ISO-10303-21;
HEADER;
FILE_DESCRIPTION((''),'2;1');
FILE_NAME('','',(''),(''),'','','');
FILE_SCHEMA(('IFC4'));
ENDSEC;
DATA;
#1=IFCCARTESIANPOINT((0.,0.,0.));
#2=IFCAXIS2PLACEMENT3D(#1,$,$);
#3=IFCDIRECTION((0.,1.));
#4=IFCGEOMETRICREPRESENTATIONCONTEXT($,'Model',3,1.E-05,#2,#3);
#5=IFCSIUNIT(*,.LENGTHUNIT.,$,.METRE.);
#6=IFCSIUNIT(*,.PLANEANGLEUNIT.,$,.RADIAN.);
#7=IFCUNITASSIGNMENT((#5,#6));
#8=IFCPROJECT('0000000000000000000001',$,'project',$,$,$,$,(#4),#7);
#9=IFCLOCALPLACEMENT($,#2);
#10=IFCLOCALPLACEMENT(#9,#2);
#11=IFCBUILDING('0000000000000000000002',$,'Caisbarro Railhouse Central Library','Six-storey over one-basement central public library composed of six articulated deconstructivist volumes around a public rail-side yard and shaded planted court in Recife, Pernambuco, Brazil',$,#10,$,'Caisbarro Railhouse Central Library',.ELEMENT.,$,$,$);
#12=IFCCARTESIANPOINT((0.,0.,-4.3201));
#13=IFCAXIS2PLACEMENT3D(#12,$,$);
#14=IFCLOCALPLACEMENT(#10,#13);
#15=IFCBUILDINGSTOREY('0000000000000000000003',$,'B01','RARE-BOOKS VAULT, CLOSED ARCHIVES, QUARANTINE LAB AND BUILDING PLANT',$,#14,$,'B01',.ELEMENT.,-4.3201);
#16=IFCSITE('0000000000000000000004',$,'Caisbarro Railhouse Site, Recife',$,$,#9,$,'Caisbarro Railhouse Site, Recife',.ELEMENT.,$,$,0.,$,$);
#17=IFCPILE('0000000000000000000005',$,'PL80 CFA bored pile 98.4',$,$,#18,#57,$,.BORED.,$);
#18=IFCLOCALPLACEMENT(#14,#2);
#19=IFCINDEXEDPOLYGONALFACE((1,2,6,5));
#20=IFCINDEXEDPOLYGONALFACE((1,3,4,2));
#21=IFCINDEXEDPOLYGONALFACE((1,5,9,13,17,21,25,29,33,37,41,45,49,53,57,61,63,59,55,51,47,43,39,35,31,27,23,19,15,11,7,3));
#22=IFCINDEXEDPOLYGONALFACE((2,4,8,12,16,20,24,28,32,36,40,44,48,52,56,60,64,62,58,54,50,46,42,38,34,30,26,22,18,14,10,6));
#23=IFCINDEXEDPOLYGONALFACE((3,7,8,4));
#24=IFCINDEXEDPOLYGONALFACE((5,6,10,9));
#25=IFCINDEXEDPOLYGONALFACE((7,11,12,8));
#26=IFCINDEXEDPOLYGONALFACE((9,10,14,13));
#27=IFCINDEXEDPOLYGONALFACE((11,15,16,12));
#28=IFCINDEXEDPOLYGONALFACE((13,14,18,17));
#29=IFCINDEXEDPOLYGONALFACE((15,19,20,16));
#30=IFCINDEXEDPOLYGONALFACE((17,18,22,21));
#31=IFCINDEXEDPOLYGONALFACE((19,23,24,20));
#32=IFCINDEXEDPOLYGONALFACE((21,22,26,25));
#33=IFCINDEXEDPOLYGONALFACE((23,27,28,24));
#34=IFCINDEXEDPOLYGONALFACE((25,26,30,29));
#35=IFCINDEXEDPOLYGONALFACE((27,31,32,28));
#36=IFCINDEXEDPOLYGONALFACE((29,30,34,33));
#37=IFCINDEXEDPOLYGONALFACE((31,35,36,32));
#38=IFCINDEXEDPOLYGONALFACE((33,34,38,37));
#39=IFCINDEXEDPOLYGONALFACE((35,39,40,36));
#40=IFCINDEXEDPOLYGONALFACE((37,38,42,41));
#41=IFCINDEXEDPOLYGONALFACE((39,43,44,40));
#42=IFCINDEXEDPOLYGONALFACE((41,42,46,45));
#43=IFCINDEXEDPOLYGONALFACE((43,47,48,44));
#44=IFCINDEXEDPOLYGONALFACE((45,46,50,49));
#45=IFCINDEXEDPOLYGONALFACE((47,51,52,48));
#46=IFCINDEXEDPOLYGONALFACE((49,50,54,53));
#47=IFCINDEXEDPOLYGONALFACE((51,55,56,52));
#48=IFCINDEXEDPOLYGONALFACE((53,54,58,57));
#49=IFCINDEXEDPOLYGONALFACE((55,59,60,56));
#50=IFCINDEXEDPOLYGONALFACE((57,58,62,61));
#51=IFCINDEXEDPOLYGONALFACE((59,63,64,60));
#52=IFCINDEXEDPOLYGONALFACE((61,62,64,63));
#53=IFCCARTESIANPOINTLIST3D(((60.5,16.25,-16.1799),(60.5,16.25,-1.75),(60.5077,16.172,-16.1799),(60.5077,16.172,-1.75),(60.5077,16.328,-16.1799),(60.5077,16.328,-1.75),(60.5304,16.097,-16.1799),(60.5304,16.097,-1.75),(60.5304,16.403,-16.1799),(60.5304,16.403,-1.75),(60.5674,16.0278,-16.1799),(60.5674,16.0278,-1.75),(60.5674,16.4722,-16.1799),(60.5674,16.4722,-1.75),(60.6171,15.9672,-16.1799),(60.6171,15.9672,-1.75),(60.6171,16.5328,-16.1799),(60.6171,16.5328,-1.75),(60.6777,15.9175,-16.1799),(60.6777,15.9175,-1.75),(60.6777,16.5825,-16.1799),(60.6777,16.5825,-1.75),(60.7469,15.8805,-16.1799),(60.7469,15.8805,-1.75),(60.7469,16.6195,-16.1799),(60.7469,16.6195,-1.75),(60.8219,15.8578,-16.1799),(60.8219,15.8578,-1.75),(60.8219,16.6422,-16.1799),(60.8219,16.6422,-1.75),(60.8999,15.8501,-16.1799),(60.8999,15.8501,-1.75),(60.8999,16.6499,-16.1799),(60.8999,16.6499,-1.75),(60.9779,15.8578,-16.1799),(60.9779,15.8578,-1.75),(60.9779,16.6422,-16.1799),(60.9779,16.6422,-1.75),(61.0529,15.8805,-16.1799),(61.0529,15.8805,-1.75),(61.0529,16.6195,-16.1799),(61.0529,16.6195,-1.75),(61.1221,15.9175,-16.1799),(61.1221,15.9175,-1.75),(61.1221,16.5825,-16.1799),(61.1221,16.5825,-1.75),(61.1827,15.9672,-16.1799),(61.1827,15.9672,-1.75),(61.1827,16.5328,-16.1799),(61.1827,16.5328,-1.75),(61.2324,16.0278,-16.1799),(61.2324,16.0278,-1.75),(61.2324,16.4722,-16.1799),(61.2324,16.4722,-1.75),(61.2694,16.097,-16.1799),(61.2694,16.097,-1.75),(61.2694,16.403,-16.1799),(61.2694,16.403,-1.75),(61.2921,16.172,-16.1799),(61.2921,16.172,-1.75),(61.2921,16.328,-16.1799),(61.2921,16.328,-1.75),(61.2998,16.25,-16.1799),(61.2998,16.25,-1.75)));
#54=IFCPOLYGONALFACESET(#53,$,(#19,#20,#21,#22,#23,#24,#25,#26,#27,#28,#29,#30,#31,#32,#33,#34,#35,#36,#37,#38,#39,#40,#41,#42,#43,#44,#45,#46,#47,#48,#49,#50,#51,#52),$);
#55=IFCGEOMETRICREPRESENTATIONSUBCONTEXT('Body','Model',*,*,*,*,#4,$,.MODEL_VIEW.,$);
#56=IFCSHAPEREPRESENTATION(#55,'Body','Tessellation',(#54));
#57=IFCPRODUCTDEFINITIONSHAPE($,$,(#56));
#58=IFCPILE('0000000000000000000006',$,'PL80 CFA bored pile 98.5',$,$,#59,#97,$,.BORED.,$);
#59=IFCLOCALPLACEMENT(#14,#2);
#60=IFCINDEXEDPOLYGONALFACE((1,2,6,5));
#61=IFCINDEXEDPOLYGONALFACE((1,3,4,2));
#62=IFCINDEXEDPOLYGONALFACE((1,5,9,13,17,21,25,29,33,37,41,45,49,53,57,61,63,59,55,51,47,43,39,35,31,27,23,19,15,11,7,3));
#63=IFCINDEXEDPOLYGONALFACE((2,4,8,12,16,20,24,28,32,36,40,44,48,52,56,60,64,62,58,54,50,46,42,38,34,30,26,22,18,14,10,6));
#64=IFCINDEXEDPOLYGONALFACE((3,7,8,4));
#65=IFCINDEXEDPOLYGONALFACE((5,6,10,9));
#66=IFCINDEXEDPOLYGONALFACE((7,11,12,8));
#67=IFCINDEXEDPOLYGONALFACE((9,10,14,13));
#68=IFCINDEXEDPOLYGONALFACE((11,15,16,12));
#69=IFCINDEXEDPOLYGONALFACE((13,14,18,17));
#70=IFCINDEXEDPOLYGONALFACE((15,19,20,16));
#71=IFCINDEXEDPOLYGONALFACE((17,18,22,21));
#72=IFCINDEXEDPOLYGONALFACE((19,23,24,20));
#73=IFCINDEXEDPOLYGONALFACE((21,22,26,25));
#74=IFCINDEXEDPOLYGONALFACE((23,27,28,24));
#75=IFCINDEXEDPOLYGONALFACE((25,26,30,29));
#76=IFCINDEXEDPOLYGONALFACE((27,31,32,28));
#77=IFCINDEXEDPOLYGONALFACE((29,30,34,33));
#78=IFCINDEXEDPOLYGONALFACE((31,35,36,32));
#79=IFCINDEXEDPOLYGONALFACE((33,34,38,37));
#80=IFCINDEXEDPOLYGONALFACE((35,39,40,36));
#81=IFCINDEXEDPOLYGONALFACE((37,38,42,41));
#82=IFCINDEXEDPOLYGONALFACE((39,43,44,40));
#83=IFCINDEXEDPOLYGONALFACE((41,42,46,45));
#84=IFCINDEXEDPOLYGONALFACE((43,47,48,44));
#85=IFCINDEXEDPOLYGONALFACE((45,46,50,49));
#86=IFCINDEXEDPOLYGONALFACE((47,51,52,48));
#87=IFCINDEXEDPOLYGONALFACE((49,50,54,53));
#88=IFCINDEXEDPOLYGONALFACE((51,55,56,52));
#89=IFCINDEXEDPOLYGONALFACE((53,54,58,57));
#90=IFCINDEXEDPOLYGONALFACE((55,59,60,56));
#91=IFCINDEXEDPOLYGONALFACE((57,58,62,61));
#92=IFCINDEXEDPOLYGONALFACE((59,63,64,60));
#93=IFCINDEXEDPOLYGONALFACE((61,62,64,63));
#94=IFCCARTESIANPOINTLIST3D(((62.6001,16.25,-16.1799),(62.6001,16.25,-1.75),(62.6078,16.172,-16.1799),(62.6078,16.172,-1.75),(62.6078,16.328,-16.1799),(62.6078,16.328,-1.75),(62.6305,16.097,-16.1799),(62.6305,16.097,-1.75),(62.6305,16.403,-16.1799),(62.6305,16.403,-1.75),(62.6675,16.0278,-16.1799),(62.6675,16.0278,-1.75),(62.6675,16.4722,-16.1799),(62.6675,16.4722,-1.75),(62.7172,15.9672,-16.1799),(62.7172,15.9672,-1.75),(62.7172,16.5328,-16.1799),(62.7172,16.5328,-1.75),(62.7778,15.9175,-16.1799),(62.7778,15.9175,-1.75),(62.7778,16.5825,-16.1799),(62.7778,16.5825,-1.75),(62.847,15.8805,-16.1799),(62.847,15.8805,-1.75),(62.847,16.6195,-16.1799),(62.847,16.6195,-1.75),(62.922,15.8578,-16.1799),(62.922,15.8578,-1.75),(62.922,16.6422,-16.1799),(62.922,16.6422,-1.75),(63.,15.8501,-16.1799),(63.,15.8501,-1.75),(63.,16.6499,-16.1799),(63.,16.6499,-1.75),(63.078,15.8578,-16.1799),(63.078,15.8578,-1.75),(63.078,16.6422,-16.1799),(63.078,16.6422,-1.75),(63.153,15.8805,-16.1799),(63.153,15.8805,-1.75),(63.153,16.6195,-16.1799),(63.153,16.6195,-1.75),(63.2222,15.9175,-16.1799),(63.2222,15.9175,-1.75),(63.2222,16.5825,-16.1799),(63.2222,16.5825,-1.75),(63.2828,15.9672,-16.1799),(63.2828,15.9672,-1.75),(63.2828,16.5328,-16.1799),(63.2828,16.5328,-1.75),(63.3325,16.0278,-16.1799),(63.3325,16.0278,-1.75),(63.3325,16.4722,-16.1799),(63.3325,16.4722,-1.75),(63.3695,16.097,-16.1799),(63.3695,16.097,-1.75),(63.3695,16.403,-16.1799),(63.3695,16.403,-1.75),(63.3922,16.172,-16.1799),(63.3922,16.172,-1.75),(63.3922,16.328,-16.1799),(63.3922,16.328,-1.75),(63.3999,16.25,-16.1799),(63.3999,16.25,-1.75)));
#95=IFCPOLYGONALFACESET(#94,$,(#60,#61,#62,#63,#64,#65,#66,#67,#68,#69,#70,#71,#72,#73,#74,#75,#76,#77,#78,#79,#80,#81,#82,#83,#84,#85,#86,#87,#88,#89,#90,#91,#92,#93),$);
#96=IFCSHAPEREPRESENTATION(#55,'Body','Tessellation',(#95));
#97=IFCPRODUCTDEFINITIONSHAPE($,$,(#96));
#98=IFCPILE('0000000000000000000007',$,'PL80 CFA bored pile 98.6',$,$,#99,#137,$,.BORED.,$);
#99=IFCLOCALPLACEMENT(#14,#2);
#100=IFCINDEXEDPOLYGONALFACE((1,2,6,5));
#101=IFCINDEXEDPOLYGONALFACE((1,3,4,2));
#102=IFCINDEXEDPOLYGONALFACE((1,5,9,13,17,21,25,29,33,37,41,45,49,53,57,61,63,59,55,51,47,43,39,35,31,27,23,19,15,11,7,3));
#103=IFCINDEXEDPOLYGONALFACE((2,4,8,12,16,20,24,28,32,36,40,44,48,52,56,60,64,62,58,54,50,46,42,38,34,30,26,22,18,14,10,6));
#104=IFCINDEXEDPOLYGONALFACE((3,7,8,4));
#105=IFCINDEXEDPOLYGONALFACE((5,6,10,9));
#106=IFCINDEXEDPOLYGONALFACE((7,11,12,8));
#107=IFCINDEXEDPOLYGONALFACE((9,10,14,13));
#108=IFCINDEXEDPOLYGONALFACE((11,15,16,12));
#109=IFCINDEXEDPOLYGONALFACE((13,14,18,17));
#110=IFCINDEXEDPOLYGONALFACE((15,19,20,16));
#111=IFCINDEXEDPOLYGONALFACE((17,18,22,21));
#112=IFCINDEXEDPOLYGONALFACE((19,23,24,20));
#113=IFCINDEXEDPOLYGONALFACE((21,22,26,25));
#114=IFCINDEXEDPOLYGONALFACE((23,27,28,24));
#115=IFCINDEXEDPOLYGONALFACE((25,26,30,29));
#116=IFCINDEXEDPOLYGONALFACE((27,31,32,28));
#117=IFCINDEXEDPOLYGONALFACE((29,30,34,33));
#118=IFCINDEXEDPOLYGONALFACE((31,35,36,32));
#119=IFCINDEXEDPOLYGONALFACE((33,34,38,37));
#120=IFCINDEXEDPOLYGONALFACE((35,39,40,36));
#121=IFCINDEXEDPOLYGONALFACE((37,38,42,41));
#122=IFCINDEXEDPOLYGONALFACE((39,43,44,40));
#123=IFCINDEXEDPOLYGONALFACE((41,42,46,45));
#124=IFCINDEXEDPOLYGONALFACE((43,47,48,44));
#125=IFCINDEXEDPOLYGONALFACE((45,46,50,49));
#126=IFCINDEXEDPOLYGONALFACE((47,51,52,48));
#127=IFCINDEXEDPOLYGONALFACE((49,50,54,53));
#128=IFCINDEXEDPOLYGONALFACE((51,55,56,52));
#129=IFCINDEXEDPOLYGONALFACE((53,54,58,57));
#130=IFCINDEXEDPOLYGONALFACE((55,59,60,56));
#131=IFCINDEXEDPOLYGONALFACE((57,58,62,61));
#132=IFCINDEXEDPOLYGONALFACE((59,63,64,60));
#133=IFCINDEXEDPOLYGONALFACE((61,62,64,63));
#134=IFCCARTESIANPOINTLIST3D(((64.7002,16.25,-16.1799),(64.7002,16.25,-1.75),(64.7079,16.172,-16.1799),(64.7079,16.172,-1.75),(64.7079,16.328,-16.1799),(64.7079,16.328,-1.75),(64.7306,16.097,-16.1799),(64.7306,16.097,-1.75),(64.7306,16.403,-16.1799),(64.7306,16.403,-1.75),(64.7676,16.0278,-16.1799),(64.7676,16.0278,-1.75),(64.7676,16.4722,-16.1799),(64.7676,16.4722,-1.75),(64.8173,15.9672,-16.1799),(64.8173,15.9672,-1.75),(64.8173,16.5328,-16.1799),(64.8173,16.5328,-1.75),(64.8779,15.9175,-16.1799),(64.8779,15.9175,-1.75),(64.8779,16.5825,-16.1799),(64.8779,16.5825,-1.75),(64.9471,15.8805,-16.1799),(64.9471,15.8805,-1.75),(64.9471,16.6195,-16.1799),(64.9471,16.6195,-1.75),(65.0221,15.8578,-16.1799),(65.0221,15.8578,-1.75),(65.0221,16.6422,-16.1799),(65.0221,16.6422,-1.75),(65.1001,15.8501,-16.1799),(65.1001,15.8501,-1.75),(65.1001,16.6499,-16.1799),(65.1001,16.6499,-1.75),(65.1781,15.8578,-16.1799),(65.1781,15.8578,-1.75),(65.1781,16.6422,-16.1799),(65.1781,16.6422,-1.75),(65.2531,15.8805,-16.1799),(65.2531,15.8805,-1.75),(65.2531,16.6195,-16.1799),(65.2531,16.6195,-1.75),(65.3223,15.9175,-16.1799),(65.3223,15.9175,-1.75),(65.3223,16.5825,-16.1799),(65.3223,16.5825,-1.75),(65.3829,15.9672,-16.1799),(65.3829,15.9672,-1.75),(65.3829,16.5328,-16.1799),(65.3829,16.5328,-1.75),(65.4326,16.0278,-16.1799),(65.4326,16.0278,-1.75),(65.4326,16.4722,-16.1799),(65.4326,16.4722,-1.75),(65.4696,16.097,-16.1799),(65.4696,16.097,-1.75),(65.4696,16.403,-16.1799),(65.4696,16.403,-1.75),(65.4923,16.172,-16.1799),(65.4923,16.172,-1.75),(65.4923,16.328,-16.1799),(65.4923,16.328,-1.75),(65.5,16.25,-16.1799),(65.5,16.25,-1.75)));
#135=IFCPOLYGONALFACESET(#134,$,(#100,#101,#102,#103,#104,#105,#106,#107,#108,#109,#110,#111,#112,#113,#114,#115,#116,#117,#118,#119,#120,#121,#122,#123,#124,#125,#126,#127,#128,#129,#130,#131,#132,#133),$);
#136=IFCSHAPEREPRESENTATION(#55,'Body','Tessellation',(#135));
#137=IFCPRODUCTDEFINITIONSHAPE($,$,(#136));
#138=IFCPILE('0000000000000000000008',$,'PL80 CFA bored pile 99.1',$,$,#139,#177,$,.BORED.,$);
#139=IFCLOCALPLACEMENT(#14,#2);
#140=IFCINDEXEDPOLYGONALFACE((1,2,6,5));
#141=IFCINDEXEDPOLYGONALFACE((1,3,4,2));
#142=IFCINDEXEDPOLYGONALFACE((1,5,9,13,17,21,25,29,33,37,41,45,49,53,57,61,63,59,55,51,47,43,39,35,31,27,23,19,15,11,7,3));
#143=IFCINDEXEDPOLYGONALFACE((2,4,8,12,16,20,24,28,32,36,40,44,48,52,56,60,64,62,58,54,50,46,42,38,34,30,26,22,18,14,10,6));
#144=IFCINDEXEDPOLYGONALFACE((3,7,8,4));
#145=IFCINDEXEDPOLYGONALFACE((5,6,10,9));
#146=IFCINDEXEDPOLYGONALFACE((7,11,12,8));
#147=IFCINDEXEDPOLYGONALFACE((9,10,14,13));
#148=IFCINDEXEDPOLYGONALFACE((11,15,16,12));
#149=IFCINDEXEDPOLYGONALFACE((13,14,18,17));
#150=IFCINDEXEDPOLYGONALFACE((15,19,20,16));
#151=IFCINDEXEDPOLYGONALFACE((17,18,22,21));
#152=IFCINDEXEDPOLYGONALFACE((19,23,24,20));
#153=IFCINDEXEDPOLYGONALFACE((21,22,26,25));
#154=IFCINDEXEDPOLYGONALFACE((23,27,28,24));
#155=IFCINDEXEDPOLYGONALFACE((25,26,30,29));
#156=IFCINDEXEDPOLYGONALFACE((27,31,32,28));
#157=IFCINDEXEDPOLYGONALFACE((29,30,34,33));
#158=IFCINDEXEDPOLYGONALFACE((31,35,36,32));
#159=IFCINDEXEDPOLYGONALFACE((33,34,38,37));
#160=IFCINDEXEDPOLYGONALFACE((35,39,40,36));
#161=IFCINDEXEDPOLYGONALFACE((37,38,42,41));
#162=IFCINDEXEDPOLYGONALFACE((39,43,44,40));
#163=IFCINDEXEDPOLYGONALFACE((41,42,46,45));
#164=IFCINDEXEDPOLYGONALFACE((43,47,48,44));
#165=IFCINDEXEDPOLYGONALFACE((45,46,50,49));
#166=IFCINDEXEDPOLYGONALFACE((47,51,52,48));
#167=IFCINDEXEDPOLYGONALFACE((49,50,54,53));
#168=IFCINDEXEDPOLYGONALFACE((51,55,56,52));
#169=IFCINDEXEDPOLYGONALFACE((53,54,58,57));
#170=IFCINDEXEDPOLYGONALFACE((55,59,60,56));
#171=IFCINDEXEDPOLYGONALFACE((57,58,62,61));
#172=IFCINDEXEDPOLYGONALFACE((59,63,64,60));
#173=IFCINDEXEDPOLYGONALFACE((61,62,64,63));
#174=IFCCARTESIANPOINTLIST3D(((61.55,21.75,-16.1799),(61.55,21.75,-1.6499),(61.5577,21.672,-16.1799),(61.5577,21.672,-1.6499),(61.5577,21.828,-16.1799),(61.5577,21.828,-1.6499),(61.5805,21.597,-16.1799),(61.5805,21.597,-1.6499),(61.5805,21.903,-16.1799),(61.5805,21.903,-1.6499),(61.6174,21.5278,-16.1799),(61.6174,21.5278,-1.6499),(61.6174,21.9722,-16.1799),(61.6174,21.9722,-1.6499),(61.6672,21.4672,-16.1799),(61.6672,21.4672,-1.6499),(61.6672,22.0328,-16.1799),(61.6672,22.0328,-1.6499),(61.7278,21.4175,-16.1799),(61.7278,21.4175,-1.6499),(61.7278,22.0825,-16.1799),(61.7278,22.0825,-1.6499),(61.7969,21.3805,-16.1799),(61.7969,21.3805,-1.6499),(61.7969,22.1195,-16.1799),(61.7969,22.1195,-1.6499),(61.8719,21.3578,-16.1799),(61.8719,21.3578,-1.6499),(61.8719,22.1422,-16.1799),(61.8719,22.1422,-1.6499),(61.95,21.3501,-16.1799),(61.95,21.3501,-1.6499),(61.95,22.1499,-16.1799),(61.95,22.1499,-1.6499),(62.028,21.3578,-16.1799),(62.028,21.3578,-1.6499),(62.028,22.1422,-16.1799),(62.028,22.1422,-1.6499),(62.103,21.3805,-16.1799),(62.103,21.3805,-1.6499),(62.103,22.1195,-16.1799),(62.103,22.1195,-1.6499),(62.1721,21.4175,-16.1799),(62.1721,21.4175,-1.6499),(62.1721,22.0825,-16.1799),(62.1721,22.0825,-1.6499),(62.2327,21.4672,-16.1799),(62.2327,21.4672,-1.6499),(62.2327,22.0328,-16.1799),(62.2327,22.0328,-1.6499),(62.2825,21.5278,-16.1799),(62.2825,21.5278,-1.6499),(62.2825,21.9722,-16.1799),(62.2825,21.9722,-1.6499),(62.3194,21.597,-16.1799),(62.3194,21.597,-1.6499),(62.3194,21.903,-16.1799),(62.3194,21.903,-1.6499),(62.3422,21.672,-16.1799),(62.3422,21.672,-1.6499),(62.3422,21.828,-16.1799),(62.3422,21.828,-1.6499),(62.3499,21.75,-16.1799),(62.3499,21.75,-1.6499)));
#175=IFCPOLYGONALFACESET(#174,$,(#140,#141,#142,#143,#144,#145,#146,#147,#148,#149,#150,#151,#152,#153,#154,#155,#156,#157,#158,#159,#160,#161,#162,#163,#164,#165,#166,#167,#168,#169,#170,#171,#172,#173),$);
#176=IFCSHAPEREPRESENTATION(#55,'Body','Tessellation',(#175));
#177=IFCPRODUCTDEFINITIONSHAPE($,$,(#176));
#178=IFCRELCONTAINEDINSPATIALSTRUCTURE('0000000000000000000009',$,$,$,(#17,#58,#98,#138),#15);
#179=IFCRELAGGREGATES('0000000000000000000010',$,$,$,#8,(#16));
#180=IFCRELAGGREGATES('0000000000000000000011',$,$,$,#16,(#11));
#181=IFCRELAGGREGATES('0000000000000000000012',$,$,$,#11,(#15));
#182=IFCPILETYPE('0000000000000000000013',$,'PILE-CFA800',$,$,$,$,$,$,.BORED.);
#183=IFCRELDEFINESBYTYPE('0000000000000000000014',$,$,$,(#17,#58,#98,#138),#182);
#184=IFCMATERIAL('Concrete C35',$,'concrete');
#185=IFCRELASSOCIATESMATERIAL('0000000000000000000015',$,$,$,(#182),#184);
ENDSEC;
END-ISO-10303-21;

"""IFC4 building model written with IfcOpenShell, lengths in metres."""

from ifc_helpers import new_model, si_unit, direction, frame, origin, origin_2d, place, context, subcontext, project, spatial, circle, extrude, material, material_profile, profile_set, type_object, element, save


model = new_model("IFC4")

# Units and contexts
model_context = context("Model", 3, precision=1e-05, world=origin(), true_north=direction((0.0, 1.0)))
body_context = subcontext(model_context, "Body", "Model", "MODEL_VIEW")
ifc_project = project(units=[si_unit("LENGTHUNIT", "METRE"), si_unit("PLANEANGLEUNIT", "RADIAN")], contexts=[model_context])

# Site, building, storey
site_placement = place(None, origin())
site = spatial("IfcSite", under=ifc_project, at=site_placement, Name="Caisbarro Railhouse Site, Recife", LongName="Caisbarro Railhouse Site, Recife", CompositionType="ELEMENT", RefElevation=0.0)
building_placement = place(site_placement, origin())
building = spatial("IfcBuilding", under=site, at=building_placement, Name="Caisbarro Railhouse Central Library", Description="Six-storey over one-basement central public library composed of six articulated deconstructivist volumes around a public rail-side yard and shaded planted court in Recife, Pernambuco, Brazil", LongName="Caisbarro Railhouse Central Library", CompositionType="ELEMENT")
storey_placement = place(building_placement, frame((0.0, 0.0, -4.3201)))
storey = spatial("IfcBuildingStorey", under=building, at=storey_placement, Name="B01", Description="RARE-BOOKS VAULT, CLOSED ARCHIVES, QUARANTINE LAB AND BUILDING PLANT", LongName="B01", CompositionType="ELEMENT", Elevation=-4.3201)

# Piles
ifc_material_1 = material(Name="Concrete C35", Category="concrete")
ifc_material_profile_1 = material_profile(ifc_material_1, circle(Radius=0.3999, at=origin_2d()), Name="PILE-CFA-800")
ifc_profile_set_1 = profile_set([ifc_material_profile_1], Name="Concrete C35")
pile_type_1 = type_object("IfcPileType", Name="PILE-CFA800", PredefinedType="BORED", material=ifc_profile_set_1)
for number, where, z_axis, x_axis, name in (
    (1, (60.8999, 16.25, -1.75), (0.0, 0.0, -1.0), (1.0, 0.0, 0.0), "PL80 CFA bored pile 98.4"),
    (2, (63.0, 16.25, -1.75), (0.0, 0.0, -1.0), (1.0, 0.0, 0.0), "PL80 CFA bored pile 98.5"),
    (3, (65.1001, 16.25, -1.75), (0.0, 0.0, -1.0), (1.0, 0.0, 0.0), "PL80 CFA bored pile 98.6"),
):
    element("IfcPile", number, at=place(storey_placement, frame(where, z_axis=z_axis, x_axis=x_axis)), inside=storey, type_object=pile_type_1, Name=name, PredefinedType="BORED", context=body_context, shape_type="SweptSolid", body=[
        extrude(circle(Radius=0.3999, at=origin_2d()), origin(), (0.0, 0.0, 1.0), 14.4299),
    ])
for number, where, z_axis, x_axis, name in (
    (4, (61.95, 21.75, -1.6499), (0.0, 0.0, -1.0), (1.0, 0.0, 0.0), "PL80 CFA bored pile 99.1"),
):
    element("IfcPile", number, at=place(storey_placement, frame(where, z_axis=z_axis, x_axis=x_axis)), inside=storey, type_object=pile_type_1, Name=name, PredefinedType="BORED", context=body_context, shape_type="SweptSolid", body=[
        extrude(circle(Radius=0.3999, at=origin_2d()), origin(), (0.0, 0.0, 1.0), 14.53),
    ])

save(model, "model.ifc")
